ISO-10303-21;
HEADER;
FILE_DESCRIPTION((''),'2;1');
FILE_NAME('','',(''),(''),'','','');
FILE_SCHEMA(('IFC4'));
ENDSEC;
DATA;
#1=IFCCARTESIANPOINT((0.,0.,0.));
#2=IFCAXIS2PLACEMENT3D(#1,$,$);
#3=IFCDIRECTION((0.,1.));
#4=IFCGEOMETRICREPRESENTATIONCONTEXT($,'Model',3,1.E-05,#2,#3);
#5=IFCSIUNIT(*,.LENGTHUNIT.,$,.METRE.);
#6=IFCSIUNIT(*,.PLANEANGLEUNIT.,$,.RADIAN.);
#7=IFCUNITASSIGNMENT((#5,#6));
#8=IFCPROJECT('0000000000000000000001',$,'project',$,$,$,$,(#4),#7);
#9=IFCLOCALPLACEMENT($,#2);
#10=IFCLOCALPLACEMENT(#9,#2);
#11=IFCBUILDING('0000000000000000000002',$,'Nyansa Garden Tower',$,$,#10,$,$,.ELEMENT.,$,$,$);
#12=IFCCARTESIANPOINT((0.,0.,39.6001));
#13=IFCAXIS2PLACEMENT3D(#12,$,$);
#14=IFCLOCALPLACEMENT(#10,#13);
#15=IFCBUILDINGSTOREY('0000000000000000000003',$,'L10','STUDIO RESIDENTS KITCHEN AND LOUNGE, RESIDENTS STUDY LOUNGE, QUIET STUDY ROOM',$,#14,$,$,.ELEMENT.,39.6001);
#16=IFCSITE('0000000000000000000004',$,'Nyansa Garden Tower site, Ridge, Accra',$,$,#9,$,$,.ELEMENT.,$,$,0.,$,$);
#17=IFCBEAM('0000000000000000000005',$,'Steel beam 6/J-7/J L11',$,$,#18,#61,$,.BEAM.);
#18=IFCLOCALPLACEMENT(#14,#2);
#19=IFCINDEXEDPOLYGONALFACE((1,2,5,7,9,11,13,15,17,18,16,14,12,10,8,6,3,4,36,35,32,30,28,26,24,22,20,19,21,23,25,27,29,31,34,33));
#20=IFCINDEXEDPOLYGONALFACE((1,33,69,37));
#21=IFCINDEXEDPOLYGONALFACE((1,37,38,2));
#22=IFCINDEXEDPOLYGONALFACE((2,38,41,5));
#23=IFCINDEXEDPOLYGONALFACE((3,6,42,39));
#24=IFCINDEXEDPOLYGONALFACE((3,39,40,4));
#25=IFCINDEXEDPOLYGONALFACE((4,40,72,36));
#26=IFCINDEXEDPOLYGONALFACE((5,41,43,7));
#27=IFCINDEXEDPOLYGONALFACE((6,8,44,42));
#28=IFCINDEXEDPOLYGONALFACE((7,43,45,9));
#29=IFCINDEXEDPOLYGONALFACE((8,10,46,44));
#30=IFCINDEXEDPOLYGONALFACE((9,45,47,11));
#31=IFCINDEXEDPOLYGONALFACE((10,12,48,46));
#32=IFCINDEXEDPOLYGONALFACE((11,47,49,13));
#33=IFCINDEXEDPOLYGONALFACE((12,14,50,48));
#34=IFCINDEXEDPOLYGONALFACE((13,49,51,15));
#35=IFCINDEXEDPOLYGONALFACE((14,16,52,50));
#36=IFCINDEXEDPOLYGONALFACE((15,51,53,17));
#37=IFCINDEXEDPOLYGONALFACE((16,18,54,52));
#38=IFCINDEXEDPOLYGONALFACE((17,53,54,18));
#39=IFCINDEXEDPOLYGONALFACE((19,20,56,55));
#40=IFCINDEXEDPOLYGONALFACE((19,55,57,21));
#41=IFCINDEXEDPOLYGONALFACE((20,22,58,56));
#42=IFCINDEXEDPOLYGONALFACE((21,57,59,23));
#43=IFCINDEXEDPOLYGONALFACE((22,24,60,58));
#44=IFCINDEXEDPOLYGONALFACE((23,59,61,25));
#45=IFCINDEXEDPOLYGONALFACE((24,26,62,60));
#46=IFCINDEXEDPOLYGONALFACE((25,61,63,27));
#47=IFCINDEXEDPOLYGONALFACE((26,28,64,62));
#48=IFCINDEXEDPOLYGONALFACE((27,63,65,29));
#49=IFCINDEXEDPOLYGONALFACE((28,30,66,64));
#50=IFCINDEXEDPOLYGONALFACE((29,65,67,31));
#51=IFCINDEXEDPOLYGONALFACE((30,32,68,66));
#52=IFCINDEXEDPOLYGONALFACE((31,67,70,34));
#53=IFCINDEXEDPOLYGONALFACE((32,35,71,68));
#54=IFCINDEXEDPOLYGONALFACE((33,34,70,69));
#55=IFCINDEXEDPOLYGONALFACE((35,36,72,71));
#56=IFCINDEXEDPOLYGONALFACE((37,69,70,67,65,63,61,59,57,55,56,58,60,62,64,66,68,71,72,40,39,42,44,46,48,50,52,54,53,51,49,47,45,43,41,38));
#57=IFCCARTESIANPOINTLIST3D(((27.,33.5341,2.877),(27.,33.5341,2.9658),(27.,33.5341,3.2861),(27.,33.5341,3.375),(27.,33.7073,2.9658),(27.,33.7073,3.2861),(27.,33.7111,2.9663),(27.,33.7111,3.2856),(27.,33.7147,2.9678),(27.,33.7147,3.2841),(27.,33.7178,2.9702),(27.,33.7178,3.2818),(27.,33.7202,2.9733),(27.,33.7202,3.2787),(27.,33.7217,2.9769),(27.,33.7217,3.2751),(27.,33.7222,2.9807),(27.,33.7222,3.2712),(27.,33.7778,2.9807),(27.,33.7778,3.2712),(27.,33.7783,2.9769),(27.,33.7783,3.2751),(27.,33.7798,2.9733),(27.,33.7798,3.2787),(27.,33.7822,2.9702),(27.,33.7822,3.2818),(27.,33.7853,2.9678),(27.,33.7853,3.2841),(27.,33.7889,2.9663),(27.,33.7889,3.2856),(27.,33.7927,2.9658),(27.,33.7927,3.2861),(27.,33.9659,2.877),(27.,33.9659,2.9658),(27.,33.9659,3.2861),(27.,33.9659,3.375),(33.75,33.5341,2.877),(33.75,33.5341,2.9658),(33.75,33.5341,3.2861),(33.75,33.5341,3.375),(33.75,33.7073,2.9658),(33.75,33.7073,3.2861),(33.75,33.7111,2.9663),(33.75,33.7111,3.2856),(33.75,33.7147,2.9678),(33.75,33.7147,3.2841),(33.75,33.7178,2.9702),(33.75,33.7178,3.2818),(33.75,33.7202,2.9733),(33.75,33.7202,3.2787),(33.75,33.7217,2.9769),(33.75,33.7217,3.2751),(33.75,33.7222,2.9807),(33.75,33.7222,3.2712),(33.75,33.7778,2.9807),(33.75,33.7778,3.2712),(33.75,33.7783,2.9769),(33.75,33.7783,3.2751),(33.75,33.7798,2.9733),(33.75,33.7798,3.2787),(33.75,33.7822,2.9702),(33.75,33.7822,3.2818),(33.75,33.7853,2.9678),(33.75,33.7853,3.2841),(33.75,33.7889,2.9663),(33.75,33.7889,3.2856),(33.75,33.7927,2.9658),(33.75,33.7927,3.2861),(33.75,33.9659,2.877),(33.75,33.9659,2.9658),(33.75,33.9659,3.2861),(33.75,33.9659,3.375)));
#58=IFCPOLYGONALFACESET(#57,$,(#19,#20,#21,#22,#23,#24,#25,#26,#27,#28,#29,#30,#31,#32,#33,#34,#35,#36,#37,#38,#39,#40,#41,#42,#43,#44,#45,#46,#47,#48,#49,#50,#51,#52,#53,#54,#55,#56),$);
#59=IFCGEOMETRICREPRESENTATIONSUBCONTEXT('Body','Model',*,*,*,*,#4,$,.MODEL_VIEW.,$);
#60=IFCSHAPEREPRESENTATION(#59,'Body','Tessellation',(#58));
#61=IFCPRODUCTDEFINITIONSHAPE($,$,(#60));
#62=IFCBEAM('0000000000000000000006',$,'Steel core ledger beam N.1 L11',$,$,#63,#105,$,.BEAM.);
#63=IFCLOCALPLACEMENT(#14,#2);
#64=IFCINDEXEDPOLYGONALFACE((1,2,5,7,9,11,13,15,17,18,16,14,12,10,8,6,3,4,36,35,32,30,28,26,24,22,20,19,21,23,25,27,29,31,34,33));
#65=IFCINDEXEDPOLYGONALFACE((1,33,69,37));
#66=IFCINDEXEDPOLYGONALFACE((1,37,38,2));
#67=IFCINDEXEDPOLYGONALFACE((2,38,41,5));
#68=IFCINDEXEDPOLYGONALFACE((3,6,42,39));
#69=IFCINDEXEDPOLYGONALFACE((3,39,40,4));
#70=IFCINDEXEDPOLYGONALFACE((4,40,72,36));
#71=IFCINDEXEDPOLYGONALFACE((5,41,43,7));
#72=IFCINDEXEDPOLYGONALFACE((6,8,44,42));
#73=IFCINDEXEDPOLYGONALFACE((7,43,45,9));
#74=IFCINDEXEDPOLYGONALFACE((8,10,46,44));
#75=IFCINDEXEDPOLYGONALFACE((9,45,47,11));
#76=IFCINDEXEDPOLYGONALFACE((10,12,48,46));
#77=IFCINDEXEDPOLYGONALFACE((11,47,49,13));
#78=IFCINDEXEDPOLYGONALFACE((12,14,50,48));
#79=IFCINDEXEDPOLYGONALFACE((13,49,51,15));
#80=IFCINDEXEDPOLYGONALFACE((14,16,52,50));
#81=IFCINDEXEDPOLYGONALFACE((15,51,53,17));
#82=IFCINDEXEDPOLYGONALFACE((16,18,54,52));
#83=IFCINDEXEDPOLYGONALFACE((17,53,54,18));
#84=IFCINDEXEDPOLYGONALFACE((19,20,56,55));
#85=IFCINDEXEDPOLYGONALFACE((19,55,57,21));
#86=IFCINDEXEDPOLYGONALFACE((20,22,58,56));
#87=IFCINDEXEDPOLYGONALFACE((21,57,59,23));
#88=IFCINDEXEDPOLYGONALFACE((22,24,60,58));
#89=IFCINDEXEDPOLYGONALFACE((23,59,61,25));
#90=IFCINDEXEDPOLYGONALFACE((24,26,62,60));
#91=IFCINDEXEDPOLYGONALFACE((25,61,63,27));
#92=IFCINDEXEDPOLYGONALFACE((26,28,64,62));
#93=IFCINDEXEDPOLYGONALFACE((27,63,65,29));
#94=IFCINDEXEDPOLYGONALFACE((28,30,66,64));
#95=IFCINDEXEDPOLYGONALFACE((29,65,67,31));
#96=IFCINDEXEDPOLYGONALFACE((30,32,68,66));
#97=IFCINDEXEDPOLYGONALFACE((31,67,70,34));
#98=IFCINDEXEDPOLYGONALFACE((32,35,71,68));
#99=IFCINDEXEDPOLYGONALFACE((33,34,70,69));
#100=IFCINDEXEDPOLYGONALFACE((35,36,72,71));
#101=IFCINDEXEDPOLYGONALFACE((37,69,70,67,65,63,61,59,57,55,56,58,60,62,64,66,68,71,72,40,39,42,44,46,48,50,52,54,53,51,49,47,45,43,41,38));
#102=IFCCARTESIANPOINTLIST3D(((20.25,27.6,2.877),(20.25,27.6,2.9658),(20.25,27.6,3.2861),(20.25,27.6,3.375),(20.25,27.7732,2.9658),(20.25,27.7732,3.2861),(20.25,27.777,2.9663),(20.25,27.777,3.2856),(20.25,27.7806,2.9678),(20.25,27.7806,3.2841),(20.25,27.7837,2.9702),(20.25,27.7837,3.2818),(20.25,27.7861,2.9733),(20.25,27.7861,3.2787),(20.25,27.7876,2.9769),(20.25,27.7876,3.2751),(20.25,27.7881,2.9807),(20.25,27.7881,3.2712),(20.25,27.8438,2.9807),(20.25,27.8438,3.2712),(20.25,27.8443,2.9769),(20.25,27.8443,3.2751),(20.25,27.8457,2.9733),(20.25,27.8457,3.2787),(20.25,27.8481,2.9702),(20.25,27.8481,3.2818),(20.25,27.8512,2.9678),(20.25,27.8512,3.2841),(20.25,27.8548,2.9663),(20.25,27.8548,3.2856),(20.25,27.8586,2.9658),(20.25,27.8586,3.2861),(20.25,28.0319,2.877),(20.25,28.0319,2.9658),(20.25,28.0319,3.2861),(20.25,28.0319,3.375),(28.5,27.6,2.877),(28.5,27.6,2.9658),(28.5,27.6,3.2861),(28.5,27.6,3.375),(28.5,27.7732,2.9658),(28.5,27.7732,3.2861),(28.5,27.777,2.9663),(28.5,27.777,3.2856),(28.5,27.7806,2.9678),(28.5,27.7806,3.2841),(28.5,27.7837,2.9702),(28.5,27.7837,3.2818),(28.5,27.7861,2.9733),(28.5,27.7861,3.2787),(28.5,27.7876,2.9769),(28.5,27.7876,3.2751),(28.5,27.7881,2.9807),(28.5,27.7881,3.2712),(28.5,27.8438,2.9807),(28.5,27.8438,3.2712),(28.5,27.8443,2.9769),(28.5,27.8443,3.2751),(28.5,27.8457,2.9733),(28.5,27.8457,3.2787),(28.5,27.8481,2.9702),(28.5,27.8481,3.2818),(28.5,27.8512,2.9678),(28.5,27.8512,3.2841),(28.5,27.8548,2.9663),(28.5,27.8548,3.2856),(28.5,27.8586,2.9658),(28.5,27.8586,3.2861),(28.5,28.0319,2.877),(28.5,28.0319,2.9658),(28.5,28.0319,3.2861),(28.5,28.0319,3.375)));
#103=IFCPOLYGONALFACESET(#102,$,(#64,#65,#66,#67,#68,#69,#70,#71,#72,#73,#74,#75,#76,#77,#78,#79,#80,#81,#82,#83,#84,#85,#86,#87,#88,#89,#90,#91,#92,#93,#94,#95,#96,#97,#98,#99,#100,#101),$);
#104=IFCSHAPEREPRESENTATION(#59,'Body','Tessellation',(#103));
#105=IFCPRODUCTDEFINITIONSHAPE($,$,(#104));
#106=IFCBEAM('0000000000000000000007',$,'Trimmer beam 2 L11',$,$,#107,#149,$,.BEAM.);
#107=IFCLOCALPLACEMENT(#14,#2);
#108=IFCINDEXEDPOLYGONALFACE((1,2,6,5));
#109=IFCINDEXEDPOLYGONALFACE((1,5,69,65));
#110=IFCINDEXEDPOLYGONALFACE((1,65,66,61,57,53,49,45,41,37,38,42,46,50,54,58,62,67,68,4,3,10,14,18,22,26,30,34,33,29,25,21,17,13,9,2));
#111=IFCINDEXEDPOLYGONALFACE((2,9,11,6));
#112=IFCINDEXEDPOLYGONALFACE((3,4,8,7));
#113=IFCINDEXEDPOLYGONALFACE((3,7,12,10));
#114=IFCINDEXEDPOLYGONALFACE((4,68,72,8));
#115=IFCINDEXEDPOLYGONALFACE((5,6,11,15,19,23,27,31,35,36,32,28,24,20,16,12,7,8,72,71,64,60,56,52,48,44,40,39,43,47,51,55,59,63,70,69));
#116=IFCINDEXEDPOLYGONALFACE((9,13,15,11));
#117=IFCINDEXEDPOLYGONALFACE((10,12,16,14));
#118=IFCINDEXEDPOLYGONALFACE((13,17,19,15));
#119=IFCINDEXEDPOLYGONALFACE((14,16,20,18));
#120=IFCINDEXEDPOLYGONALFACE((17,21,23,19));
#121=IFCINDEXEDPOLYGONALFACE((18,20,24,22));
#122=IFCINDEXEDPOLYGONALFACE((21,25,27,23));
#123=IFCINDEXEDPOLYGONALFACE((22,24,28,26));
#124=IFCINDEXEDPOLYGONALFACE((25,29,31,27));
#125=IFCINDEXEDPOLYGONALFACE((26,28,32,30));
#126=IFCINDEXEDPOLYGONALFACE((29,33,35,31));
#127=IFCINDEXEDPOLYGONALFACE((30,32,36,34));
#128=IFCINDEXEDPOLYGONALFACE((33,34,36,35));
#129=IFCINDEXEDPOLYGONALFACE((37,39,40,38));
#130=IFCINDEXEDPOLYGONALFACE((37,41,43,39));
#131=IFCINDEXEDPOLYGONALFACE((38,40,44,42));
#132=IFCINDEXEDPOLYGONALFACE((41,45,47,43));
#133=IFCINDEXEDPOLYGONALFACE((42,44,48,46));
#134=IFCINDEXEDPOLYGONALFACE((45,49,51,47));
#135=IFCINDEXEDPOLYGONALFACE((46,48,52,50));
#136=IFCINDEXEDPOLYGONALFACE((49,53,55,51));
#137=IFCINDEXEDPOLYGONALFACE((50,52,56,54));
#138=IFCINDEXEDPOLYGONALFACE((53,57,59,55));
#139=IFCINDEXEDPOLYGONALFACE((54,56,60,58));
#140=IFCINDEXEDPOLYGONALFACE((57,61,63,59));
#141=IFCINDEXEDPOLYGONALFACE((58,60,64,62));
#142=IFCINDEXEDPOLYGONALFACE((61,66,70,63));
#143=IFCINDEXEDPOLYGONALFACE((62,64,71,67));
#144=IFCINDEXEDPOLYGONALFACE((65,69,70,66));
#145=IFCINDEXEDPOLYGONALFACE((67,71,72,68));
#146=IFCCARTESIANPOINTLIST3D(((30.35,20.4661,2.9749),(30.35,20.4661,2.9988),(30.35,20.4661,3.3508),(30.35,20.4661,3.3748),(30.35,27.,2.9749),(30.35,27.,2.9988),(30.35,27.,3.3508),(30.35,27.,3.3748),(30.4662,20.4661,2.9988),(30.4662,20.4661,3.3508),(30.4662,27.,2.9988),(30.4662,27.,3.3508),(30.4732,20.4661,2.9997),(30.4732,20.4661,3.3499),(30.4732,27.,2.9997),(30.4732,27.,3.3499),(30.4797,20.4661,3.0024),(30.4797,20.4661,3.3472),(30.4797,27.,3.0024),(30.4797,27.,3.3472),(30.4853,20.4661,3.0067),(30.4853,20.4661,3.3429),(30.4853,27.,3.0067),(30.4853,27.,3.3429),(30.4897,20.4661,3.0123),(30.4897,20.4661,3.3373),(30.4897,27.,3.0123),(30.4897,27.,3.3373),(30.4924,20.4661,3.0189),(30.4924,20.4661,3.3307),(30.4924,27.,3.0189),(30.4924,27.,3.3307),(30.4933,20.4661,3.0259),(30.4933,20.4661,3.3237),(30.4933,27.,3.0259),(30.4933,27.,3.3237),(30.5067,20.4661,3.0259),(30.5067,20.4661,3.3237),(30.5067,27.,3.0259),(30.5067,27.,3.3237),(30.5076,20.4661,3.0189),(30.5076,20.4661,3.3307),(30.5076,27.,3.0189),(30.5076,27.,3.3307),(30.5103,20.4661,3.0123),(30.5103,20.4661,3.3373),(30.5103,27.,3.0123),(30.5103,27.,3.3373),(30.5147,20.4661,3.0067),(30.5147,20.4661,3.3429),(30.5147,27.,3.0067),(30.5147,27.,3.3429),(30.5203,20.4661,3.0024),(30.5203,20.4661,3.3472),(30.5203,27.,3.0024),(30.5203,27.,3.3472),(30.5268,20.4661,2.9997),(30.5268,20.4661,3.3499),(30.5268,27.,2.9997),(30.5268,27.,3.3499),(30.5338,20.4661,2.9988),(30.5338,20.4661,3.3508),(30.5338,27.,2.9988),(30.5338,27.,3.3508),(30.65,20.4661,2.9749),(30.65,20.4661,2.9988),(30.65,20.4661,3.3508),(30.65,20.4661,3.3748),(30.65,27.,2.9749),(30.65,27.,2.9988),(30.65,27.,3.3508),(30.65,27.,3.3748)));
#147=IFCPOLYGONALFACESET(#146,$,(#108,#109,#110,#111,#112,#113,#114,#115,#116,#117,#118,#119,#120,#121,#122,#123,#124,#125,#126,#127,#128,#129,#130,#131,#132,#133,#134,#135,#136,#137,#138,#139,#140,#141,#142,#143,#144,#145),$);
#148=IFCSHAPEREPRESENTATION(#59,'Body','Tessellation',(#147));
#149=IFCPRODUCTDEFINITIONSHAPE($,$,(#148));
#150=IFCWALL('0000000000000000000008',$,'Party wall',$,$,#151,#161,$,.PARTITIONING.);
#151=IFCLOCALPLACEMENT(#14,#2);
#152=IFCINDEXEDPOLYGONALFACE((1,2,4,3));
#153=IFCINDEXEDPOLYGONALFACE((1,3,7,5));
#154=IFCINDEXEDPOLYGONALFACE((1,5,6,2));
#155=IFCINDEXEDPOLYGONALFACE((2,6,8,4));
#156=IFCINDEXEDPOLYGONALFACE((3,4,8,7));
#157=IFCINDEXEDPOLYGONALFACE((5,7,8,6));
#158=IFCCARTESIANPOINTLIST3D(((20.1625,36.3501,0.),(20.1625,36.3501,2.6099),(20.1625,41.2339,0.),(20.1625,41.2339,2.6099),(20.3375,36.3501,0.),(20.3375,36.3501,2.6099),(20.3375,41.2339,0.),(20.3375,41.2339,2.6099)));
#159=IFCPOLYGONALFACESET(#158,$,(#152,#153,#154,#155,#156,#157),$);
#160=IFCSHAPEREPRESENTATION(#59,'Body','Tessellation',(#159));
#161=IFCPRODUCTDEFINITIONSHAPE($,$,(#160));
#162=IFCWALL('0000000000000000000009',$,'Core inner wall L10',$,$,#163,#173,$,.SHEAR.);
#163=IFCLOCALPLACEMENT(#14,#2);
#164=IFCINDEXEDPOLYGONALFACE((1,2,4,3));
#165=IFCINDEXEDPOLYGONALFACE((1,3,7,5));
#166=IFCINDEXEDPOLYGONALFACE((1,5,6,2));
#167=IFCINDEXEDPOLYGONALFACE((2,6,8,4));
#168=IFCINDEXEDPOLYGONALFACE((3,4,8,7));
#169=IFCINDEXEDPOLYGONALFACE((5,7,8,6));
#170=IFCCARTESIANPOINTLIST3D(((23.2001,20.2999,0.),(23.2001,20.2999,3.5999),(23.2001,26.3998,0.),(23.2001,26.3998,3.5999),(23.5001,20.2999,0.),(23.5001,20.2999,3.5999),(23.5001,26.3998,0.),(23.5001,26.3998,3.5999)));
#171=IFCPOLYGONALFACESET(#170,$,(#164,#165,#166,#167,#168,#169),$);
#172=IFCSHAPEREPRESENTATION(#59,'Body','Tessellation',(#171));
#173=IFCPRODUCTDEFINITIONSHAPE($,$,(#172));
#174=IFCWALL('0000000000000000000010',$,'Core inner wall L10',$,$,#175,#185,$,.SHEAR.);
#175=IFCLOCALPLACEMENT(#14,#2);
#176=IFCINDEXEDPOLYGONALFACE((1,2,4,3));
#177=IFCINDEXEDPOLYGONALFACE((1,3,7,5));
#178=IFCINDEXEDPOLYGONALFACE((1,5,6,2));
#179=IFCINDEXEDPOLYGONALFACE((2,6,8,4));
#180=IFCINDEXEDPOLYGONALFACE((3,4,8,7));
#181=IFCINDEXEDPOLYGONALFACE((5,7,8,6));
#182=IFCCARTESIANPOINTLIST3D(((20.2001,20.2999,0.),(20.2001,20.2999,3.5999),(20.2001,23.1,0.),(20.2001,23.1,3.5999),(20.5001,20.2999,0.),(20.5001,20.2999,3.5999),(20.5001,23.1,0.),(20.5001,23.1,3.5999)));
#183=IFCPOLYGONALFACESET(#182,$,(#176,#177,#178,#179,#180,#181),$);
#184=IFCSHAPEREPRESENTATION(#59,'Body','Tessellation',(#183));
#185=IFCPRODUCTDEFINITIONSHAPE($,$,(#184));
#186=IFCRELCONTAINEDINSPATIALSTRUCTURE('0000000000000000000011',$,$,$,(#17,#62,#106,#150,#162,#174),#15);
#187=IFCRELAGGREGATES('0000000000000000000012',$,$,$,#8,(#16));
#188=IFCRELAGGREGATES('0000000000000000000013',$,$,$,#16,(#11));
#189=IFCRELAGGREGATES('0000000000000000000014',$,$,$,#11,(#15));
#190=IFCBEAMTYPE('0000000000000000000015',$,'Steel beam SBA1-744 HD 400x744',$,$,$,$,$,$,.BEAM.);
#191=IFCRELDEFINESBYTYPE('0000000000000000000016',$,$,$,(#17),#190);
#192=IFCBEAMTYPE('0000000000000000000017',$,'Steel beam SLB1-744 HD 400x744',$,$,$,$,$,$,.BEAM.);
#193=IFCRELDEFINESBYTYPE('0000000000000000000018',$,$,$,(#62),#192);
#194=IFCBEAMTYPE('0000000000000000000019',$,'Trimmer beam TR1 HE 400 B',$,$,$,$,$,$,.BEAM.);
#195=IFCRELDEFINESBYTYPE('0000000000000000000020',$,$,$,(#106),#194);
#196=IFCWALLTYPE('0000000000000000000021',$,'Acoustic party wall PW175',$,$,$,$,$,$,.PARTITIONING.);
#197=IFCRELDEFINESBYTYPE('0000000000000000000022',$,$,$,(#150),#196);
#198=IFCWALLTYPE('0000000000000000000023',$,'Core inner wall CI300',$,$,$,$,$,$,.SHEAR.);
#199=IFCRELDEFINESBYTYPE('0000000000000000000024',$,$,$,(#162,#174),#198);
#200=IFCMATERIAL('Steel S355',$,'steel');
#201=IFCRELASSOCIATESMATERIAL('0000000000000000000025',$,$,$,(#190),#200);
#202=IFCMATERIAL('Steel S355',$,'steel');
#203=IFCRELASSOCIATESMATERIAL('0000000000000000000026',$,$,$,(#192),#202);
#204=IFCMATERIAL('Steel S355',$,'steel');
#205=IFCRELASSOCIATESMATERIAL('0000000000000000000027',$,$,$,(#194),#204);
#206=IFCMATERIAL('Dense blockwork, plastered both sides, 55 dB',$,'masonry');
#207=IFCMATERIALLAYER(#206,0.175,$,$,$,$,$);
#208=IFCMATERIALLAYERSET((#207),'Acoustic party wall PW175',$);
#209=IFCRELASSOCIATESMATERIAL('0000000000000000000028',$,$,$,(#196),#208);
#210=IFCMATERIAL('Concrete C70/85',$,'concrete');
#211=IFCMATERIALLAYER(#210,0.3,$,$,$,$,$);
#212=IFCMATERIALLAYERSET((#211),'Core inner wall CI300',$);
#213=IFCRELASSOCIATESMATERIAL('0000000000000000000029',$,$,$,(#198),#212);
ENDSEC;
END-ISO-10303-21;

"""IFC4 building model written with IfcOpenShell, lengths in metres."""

from ifc_helpers import new_model, si_unit, direction, frame, frame_2d, origin, origin_2d, place, context, subcontext, project, spatial, rectangle, i_section, extrude, material, layer, layer_set, material_profile, profile_set, type_object, element, save


model = new_model("IFC4")

# Units and contexts
model_context = context("Model", 3, precision=1e-05, world=origin(), true_north=direction((0.0, 1.0)))
body_context = subcontext(model_context, "Body", "Model", "MODEL_VIEW")
ifc_project = project(units=[si_unit("LENGTHUNIT", "METRE"), si_unit("PLANEANGLEUNIT", "RADIAN")], contexts=[model_context])

# Site, building, storey
site_placement = place(None, origin())
site = spatial("IfcSite", under=ifc_project, at=site_placement, Name="Nyansa Garden Tower site, Ridge, Accra", CompositionType="ELEMENT", RefElevation=0.0)
building_placement = place(site_placement, origin())
building = spatial("IfcBuilding", under=site, at=building_placement, Name="Nyansa Garden Tower", CompositionType="ELEMENT")
storey_placement = place(building_placement, frame((0.0, 0.0, 39.6001)))
storey = spatial("IfcBuildingStorey", under=building, at=storey_placement, Name="L10", Description="STUDIO RESIDENTS KITCHEN AND LOUNGE, RESIDENTS STUDY LOUNGE, QUIET STUDY ROOM", CompositionType="ELEMENT", Elevation=39.6001)

# Beams
ifc_material_1 = material(Name="Steel S355", Category="steel")
ifc_material_profile_1 = material_profile(ifc_material_1, i_section(OverallWidth=0.4319, OverallDepth=0.498, WebThickness=0.0557, FlangeThickness=0.0889, FilletRadius=0.0149, at=origin_2d()), Name="HD 400x744")
ifc_profile_set_1 = profile_set([ifc_material_profile_1], Name="Steel S355")
beam_type_1 = type_object("IfcBeamType", Name="Steel beam SBA1-744 HD 400x744", PredefinedType="BEAM", material=ifc_profile_set_1)
for number, where, z_axis, x_axis, name in (
    (1, (27.0, 33.75, 3.126), (1.0, 0.0, 0.0), (0.0, 1.0, 0.0), "Steel beam 6/J-7/J L11"),
):
    element("IfcBeam", number, at=place(storey_placement, frame(where, z_axis=z_axis, x_axis=x_axis)), inside=storey, type_object=beam_type_1, Name=name, PredefinedType="BEAM", context=body_context, shape_type="SweptSolid", body=[
        extrude(i_section(OverallWidth=0.4319, OverallDepth=0.498, WebThickness=0.0557, FlangeThickness=0.0889, FilletRadius=0.0149, at=origin_2d()), origin(), (0.0, 0.0, 1.0), 6.75),
    ])
ifc_material_2 = material(Name="Steel S355", Category="steel")
ifc_material_profile_2 = material_profile(ifc_material_2, i_section(OverallWidth=0.4319, OverallDepth=0.498, WebThickness=0.0557, FlangeThickness=0.0889, FilletRadius=0.0149, at=origin_2d()), Name="HD 400x744")
ifc_profile_set_2 = profile_set([ifc_material_profile_2], Name="Steel S355")
beam_type_2 = type_object("IfcBeamType", Name="Steel beam SLB1-744 HD 400x744", PredefinedType="BEAM", material=ifc_profile_set_2)
beam_1_placement = place(storey_placement, frame((28.5, 27.8159, 3.126), z_axis=(-1.0, 0.0, 0.0), x_axis=(0.0, -1.0, 0.0)))
element("IfcBeam", 2, at=beam_1_placement, inside=storey, type_object=beam_type_2, Name="Steel core ledger beam N.1 L11", PredefinedType="BEAM", context=body_context, shape_type="SweptSolid", body=[
    extrude(i_section(OverallWidth=0.4319, OverallDepth=0.498, WebThickness=0.0557, FlangeThickness=0.0889, FilletRadius=0.0149, at=origin_2d()), origin(), (0.0, 0.0, 1.0), 8.25),
])
ifc_material_3 = material(Name="Steel S355", Category="steel")
ifc_material_profile_3 = material_profile(ifc_material_3, i_section(OverallWidth=0.3, OverallDepth=0.3999, WebThickness=0.0134, FlangeThickness=0.0239, FilletRadius=0.0271, at=origin_2d()), Name="HE 400 B")
ifc_profile_set_3 = profile_set([ifc_material_profile_3], Name="Steel S355")
beam_type_3 = type_object("IfcBeamType", Name="Trimmer beam TR1 HE 400 B", PredefinedType="BEAM", material=ifc_profile_set_3)
beam_2_placement = place(storey_placement, frame((30.5, 20.4661, 3.1748), z_axis=(0.0, 1.0, 0.0), x_axis=(-1.0, 0.0, 0.0)))
element("IfcBeam", 3, at=beam_2_placement, inside=storey, type_object=beam_type_3, Name="Trimmer beam 2 L11", PredefinedType="BEAM", context=body_context, shape_type="SweptSolid", body=[
    extrude(i_section(OverallWidth=0.3, OverallDepth=0.3999, WebThickness=0.0134, FlangeThickness=0.0239, FilletRadius=0.0271, at=origin_2d()), origin(), (0.0, 0.0, 1.0), 6.5339),
])

# Walls
ifc_material_4 = material(Name="Dense blockwork, plastered both sides, 55 dB", Category="masonry")
ifc_layer_1 = layer(ifc_material_4, 0.175)
ifc_layer_set_1 = layer_set([ifc_layer_1], Name="Acoustic party wall PW175")
wall_type_1 = type_object("IfcWallType", Name="Acoustic party wall PW175", PredefinedType="PARTITIONING", material=ifc_layer_set_1)
wall_1_placement = place(storey_placement, frame((20.25, 36.3501, 0.0), z_axis=(0.0, 0.0, 1.0), x_axis=(0.0, 1.0, 0.0)))
element("IfcWall", 4, at=wall_1_placement, inside=storey, type_object=wall_type_1, Name="Party wall", PredefinedType="PARTITIONING", context=body_context, shape_type="SweptSolid", body=[
    extrude(rectangle(XDim=4.8838, YDim=0.175, at=frame_2d((2.4419, 0.0))), origin(), (0.0, 0.0, 1.0), 2.6099),
])
ifc_material_5 = material(Name="Concrete C70/85", Category="concrete")
ifc_layer_2 = layer(ifc_material_5, 0.3)
ifc_layer_set_2 = layer_set([ifc_layer_2], Name="Core inner wall CI300")
wall_type_2 = type_object("IfcWallType", Name="Core inner wall CI300", PredefinedType="SHEAR", material=ifc_layer_set_2)
wall_2_placement = place(storey_placement, frame((23.3501, 20.3, 0.0), z_axis=(0.0, 0.0, 1.0), x_axis=(0.0, 1.0, 0.0)))
element("IfcWall", 5, at=wall_2_placement, inside=storey, type_object=wall_type_2, Name="Core inner wall L10", PredefinedType="SHEAR", context=body_context, shape_type="SweptSolid", body=[
    extrude(rectangle(XDim=6.0999, YDim=0.3, at=frame_2d((3.0498, 0.0))), origin(), (0.0, 0.0, 1.0), 3.5999),
])
wall_3_placement = place(storey_placement, frame((20.3501, 20.3, 0.0), z_axis=(0.0, 0.0, 1.0), x_axis=(0.0, 1.0, 0.0)))
element("IfcWall", 6, at=wall_3_placement, inside=storey, type_object=wall_type_2, Name="Core inner wall L10", PredefinedType="SHEAR", context=body_context, shape_type="SweptSolid", body=[
    extrude(rectangle(XDim=2.8, YDim=0.3, at=frame_2d((1.3999, 0.0))), origin(), (0.0, 0.0, 1.0), 3.5999),
])

save(model, "model.ifc")
